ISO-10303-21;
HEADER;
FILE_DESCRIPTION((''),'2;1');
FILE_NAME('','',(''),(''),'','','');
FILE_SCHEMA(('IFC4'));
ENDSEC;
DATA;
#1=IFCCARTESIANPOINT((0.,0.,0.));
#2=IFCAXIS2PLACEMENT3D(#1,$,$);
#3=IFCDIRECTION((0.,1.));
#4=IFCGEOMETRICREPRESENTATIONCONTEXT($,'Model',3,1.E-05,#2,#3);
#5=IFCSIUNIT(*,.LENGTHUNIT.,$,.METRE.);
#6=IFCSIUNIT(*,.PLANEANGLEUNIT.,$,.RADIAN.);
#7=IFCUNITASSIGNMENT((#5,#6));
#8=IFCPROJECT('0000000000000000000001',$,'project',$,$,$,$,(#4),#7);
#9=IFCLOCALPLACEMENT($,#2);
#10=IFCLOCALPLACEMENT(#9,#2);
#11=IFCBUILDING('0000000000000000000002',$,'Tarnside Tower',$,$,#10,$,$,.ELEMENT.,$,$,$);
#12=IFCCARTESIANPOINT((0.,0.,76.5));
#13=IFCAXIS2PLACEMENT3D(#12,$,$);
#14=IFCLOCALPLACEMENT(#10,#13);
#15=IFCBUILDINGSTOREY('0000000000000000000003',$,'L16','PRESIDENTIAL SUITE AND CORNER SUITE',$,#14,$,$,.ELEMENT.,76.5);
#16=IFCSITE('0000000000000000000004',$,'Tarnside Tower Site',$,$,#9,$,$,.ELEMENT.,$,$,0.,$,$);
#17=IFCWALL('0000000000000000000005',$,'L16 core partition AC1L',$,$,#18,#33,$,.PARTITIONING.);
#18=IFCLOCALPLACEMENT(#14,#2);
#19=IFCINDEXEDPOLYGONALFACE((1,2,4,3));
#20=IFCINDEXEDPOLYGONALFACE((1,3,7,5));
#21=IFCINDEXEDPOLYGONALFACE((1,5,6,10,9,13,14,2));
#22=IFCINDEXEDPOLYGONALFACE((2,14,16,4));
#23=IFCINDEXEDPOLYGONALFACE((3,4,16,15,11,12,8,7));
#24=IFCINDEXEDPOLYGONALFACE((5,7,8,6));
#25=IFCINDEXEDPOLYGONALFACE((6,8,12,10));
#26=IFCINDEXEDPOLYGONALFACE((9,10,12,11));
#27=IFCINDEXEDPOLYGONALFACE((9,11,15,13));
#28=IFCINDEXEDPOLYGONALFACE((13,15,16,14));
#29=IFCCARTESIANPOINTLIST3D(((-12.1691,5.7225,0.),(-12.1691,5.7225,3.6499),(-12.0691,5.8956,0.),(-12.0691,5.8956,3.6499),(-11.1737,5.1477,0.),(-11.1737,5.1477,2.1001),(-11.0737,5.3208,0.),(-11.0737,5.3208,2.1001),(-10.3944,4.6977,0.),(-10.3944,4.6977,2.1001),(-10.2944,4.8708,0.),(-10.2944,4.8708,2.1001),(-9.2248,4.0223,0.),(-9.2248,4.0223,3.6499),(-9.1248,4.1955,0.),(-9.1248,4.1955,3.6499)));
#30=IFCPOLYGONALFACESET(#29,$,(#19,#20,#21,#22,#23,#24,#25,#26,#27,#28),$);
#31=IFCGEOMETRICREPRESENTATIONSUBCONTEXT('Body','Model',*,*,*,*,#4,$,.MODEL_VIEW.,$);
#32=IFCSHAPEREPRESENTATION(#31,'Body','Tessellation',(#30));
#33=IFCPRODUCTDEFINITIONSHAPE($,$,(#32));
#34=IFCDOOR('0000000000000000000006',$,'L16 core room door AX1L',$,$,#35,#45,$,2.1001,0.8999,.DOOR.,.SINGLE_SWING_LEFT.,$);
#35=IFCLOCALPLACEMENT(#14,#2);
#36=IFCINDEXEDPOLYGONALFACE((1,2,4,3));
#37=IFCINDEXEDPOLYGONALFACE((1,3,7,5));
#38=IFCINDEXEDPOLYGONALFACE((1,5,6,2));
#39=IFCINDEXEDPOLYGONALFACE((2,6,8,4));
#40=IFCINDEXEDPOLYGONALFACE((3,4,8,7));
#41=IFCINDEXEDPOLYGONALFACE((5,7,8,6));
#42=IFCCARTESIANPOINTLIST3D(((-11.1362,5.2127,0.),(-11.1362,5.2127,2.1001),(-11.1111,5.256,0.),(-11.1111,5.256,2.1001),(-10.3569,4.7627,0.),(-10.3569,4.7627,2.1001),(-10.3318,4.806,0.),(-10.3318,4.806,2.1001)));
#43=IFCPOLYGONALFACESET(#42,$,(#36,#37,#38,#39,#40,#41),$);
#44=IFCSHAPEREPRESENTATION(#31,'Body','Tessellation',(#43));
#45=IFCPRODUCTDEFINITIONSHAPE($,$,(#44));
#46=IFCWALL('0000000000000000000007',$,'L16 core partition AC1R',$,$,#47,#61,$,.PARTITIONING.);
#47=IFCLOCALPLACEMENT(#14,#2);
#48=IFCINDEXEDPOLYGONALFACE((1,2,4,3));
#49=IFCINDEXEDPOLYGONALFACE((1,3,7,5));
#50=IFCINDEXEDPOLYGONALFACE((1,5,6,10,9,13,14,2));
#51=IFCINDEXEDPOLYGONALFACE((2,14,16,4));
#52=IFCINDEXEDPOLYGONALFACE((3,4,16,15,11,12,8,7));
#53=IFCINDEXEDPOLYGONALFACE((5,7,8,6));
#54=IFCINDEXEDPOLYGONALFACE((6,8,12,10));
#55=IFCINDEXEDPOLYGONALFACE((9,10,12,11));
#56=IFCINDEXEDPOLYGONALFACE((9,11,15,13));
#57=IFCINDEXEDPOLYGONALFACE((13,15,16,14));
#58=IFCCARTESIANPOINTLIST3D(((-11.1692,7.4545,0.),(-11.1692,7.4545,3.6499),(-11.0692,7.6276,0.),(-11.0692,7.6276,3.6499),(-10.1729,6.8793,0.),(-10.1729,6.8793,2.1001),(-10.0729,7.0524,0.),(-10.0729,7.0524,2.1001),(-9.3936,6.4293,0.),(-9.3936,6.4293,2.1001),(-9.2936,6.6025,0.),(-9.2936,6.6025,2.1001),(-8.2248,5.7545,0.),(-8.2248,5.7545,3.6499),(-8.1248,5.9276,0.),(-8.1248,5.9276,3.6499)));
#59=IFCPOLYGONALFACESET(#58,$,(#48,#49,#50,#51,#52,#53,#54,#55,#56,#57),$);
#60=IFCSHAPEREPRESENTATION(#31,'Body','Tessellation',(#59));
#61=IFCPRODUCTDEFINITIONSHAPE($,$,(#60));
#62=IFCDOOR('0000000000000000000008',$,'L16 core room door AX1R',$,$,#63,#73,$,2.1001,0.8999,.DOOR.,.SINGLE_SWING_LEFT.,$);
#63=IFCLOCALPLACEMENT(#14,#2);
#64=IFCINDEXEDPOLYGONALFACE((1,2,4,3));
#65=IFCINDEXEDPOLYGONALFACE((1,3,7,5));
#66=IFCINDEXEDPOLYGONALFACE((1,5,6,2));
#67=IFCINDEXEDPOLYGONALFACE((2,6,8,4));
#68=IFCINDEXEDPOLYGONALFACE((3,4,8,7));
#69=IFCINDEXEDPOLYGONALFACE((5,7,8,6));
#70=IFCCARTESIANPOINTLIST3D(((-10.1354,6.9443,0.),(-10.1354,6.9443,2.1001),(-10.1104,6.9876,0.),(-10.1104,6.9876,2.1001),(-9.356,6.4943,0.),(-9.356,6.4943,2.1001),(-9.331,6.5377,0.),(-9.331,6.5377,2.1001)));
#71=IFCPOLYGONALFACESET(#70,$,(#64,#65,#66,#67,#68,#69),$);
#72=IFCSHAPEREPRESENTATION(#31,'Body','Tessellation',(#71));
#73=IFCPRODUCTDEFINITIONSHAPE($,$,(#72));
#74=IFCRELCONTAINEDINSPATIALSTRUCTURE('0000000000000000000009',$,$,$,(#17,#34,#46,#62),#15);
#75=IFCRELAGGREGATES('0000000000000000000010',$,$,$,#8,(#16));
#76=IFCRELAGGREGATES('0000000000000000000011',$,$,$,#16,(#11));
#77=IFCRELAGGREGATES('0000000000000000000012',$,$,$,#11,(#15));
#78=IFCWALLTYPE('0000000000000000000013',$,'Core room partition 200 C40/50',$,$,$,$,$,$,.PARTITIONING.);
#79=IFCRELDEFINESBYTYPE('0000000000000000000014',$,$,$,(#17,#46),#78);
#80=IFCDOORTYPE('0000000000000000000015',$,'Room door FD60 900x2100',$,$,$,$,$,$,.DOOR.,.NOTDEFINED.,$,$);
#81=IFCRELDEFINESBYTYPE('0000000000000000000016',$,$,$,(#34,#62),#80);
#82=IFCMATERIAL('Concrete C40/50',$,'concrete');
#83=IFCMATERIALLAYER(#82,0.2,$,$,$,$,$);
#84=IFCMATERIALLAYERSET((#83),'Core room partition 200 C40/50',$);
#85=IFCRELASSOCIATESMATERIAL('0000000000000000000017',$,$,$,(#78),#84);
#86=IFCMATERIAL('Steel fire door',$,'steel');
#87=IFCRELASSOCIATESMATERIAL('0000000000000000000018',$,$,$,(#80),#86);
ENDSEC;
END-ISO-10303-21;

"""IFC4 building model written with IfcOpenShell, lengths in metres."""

from ifc_helpers import new_model, si_unit, direction, frame, frame_2d, origin, place, context, subcontext, project, spatial, rectangle, extrude, material, layer, layer_set, type_object, element, fill, save


model = new_model("IFC4")

# Units and contexts
model_context = context("Model", 3, precision=1e-05, world=origin(), true_north=direction((0.0, 1.0)))
body_context = subcontext(model_context, "Body", "Model", "MODEL_VIEW")
ifc_project = project(units=[si_unit("LENGTHUNIT", "METRE"), si_unit("PLANEANGLEUNIT", "RADIAN")], contexts=[model_context])

# Site, building, storey
site_placement = place(None, origin())
site = spatial("IfcSite", under=ifc_project, at=site_placement, Name="Tarnside Tower Site", CompositionType="ELEMENT", RefElevation=0.0)
building_placement = place(site_placement, origin())
building = spatial("IfcBuilding", under=site, at=building_placement, Name="Tarnside Tower", CompositionType="ELEMENT")
storey_placement = place(building_placement, frame((0.0, 0.0, 76.5)))
storey = spatial("IfcBuildingStorey", under=building, at=storey_placement, Name="L16", Description="PRESIDENTIAL SUITE AND CORNER SUITE", CompositionType="ELEMENT", Elevation=76.5)

# Walls, openings, doors
ifc_material_1 = material(Name="Concrete C40/50", Category="concrete")
ifc_layer_1 = layer(ifc_material_1, 0.2)
ifc_layer_set_1 = layer_set([ifc_layer_1], Name="Core room partition 200 C40/50")
wall_type_1 = type_object("IfcWallType", Name="Core room partition 200 C40/50", PredefinedType="PARTITIONING", material=ifc_layer_set_1)
wall_1_placement = place(storey_placement, frame((-9.1748, 4.1089, 0.0), z_axis=(0.0, 0.0, 1.0), x_axis=(-0.865989, 0.500062, 0.0)))
wall_1 = element("IfcWall", 1, at=wall_1_placement, inside=storey, type_object=wall_type_1, Name="L16 core partition AC1L", PredefinedType="PARTITIONING", context=body_context, shape_type="SweptSolid", body=[
    extrude(rectangle(XDim=3.3999, YDim=0.2, at=frame_2d((1.7, 0.0))), origin(), (0.0, 0.0, 1.0), 3.6499),
])
opening_1_placement = place(wall_1_placement, frame((1.3506, 0.0, 0.0)))
opening_1 = element("IfcOpeningElement", 2, at=opening_1_placement, cuts=wall_1, PredefinedType="OPENING", context=body_context, shape_type="SweptSolid", body=[
    extrude(rectangle(XDim=0.8999, YDim=2.1001, at=frame_2d((0.45, 1.05))), frame((0.0, 0.1099, 0.0), z_axis=(0.0, -1.0, 0.0), x_axis=(1.0, 0.0, 0.0)), (0.0, 0.0, 1.0), 0.22),
])
ifc_material_2 = material(Name="Steel fire door", Category="steel")
door_type_1 = type_object("IfcDoorType", Name="Room door FD60 900x2100", OperationType="NOTDEFINED", PredefinedType="DOOR", material=ifc_material_2)
door_1_placement = place(opening_1_placement, origin())
door_1 = element("IfcDoor", 3, at=door_1_placement, inside=storey, type_object=door_type_1, Name="L16 core room door AX1L", OperationType="SINGLE_SWING_LEFT", OverallHeight=2.1001, OverallWidth=0.8999, PredefinedType="DOOR", context=body_context, shape_type="SweptSolid", body=[
    extrude(rectangle(XDim=0.8999, YDim=2.1001, at=frame_2d((0.45, 1.05))), frame((0.0, 0.0249, 0.0), z_axis=(0.0, -1.0, 0.0), x_axis=(1.0, 0.0, 0.0)), (0.0, 0.0, 1.0), 0.05),
])
fill(opening_1, door_1)
wall_2_placement = place(storey_placement, frame((-8.1748, 5.8411, 0.0), z_axis=(0.0, 0.0, 1.0), x_axis=(-0.866021, 0.500008, 0.0)))
wall_2 = element("IfcWall", 4, at=wall_2_placement, inside=storey, type_object=wall_type_1, Name="L16 core partition AC1R", PredefinedType="PARTITIONING", context=body_context, shape_type="SweptSolid", body=[
    extrude(rectangle(XDim=3.3999, YDim=0.2, at=frame_2d((1.7, 0.0))), origin(), (0.0, 0.0, 1.0), 3.6499),
])
opening_2_placement = place(wall_2_placement, frame((1.3496, 0.0, 0.0)))
opening_2 = element("IfcOpeningElement", 5, at=opening_2_placement, cuts=wall_2, PredefinedType="OPENING", context=body_context, shape_type="SweptSolid", body=[
    extrude(rectangle(XDim=0.8999, YDim=2.1001, at=frame_2d((0.45, 1.05))), frame((0.0, 0.1099, 0.0), z_axis=(0.0, -1.0, 0.0), x_axis=(1.0, 0.0, 0.0)), (0.0, 0.0, 1.0), 0.22),
])
door_2_placement = place(opening_2_placement, origin())
door_2 = element("IfcDoor", 6, at=door_2_placement, inside=storey, type_object=door_type_1, Name="L16 core room door AX1R", OperationType="SINGLE_SWING_LEFT", OverallHeight=2.1001, OverallWidth=0.8999, PredefinedType="DOOR", context=body_context, shape_type="SweptSolid", body=[
    extrude(rectangle(XDim=0.8999, YDim=2.1001, at=frame_2d((0.45, 1.05))), frame((0.0, 0.0249, 0.0), z_axis=(0.0, -1.0, 0.0), x_axis=(1.0, 0.0, 0.0)), (0.0, 0.0, 1.0), 0.05),
])
fill(opening_2, door_2)

save(model, "model.ifc")
